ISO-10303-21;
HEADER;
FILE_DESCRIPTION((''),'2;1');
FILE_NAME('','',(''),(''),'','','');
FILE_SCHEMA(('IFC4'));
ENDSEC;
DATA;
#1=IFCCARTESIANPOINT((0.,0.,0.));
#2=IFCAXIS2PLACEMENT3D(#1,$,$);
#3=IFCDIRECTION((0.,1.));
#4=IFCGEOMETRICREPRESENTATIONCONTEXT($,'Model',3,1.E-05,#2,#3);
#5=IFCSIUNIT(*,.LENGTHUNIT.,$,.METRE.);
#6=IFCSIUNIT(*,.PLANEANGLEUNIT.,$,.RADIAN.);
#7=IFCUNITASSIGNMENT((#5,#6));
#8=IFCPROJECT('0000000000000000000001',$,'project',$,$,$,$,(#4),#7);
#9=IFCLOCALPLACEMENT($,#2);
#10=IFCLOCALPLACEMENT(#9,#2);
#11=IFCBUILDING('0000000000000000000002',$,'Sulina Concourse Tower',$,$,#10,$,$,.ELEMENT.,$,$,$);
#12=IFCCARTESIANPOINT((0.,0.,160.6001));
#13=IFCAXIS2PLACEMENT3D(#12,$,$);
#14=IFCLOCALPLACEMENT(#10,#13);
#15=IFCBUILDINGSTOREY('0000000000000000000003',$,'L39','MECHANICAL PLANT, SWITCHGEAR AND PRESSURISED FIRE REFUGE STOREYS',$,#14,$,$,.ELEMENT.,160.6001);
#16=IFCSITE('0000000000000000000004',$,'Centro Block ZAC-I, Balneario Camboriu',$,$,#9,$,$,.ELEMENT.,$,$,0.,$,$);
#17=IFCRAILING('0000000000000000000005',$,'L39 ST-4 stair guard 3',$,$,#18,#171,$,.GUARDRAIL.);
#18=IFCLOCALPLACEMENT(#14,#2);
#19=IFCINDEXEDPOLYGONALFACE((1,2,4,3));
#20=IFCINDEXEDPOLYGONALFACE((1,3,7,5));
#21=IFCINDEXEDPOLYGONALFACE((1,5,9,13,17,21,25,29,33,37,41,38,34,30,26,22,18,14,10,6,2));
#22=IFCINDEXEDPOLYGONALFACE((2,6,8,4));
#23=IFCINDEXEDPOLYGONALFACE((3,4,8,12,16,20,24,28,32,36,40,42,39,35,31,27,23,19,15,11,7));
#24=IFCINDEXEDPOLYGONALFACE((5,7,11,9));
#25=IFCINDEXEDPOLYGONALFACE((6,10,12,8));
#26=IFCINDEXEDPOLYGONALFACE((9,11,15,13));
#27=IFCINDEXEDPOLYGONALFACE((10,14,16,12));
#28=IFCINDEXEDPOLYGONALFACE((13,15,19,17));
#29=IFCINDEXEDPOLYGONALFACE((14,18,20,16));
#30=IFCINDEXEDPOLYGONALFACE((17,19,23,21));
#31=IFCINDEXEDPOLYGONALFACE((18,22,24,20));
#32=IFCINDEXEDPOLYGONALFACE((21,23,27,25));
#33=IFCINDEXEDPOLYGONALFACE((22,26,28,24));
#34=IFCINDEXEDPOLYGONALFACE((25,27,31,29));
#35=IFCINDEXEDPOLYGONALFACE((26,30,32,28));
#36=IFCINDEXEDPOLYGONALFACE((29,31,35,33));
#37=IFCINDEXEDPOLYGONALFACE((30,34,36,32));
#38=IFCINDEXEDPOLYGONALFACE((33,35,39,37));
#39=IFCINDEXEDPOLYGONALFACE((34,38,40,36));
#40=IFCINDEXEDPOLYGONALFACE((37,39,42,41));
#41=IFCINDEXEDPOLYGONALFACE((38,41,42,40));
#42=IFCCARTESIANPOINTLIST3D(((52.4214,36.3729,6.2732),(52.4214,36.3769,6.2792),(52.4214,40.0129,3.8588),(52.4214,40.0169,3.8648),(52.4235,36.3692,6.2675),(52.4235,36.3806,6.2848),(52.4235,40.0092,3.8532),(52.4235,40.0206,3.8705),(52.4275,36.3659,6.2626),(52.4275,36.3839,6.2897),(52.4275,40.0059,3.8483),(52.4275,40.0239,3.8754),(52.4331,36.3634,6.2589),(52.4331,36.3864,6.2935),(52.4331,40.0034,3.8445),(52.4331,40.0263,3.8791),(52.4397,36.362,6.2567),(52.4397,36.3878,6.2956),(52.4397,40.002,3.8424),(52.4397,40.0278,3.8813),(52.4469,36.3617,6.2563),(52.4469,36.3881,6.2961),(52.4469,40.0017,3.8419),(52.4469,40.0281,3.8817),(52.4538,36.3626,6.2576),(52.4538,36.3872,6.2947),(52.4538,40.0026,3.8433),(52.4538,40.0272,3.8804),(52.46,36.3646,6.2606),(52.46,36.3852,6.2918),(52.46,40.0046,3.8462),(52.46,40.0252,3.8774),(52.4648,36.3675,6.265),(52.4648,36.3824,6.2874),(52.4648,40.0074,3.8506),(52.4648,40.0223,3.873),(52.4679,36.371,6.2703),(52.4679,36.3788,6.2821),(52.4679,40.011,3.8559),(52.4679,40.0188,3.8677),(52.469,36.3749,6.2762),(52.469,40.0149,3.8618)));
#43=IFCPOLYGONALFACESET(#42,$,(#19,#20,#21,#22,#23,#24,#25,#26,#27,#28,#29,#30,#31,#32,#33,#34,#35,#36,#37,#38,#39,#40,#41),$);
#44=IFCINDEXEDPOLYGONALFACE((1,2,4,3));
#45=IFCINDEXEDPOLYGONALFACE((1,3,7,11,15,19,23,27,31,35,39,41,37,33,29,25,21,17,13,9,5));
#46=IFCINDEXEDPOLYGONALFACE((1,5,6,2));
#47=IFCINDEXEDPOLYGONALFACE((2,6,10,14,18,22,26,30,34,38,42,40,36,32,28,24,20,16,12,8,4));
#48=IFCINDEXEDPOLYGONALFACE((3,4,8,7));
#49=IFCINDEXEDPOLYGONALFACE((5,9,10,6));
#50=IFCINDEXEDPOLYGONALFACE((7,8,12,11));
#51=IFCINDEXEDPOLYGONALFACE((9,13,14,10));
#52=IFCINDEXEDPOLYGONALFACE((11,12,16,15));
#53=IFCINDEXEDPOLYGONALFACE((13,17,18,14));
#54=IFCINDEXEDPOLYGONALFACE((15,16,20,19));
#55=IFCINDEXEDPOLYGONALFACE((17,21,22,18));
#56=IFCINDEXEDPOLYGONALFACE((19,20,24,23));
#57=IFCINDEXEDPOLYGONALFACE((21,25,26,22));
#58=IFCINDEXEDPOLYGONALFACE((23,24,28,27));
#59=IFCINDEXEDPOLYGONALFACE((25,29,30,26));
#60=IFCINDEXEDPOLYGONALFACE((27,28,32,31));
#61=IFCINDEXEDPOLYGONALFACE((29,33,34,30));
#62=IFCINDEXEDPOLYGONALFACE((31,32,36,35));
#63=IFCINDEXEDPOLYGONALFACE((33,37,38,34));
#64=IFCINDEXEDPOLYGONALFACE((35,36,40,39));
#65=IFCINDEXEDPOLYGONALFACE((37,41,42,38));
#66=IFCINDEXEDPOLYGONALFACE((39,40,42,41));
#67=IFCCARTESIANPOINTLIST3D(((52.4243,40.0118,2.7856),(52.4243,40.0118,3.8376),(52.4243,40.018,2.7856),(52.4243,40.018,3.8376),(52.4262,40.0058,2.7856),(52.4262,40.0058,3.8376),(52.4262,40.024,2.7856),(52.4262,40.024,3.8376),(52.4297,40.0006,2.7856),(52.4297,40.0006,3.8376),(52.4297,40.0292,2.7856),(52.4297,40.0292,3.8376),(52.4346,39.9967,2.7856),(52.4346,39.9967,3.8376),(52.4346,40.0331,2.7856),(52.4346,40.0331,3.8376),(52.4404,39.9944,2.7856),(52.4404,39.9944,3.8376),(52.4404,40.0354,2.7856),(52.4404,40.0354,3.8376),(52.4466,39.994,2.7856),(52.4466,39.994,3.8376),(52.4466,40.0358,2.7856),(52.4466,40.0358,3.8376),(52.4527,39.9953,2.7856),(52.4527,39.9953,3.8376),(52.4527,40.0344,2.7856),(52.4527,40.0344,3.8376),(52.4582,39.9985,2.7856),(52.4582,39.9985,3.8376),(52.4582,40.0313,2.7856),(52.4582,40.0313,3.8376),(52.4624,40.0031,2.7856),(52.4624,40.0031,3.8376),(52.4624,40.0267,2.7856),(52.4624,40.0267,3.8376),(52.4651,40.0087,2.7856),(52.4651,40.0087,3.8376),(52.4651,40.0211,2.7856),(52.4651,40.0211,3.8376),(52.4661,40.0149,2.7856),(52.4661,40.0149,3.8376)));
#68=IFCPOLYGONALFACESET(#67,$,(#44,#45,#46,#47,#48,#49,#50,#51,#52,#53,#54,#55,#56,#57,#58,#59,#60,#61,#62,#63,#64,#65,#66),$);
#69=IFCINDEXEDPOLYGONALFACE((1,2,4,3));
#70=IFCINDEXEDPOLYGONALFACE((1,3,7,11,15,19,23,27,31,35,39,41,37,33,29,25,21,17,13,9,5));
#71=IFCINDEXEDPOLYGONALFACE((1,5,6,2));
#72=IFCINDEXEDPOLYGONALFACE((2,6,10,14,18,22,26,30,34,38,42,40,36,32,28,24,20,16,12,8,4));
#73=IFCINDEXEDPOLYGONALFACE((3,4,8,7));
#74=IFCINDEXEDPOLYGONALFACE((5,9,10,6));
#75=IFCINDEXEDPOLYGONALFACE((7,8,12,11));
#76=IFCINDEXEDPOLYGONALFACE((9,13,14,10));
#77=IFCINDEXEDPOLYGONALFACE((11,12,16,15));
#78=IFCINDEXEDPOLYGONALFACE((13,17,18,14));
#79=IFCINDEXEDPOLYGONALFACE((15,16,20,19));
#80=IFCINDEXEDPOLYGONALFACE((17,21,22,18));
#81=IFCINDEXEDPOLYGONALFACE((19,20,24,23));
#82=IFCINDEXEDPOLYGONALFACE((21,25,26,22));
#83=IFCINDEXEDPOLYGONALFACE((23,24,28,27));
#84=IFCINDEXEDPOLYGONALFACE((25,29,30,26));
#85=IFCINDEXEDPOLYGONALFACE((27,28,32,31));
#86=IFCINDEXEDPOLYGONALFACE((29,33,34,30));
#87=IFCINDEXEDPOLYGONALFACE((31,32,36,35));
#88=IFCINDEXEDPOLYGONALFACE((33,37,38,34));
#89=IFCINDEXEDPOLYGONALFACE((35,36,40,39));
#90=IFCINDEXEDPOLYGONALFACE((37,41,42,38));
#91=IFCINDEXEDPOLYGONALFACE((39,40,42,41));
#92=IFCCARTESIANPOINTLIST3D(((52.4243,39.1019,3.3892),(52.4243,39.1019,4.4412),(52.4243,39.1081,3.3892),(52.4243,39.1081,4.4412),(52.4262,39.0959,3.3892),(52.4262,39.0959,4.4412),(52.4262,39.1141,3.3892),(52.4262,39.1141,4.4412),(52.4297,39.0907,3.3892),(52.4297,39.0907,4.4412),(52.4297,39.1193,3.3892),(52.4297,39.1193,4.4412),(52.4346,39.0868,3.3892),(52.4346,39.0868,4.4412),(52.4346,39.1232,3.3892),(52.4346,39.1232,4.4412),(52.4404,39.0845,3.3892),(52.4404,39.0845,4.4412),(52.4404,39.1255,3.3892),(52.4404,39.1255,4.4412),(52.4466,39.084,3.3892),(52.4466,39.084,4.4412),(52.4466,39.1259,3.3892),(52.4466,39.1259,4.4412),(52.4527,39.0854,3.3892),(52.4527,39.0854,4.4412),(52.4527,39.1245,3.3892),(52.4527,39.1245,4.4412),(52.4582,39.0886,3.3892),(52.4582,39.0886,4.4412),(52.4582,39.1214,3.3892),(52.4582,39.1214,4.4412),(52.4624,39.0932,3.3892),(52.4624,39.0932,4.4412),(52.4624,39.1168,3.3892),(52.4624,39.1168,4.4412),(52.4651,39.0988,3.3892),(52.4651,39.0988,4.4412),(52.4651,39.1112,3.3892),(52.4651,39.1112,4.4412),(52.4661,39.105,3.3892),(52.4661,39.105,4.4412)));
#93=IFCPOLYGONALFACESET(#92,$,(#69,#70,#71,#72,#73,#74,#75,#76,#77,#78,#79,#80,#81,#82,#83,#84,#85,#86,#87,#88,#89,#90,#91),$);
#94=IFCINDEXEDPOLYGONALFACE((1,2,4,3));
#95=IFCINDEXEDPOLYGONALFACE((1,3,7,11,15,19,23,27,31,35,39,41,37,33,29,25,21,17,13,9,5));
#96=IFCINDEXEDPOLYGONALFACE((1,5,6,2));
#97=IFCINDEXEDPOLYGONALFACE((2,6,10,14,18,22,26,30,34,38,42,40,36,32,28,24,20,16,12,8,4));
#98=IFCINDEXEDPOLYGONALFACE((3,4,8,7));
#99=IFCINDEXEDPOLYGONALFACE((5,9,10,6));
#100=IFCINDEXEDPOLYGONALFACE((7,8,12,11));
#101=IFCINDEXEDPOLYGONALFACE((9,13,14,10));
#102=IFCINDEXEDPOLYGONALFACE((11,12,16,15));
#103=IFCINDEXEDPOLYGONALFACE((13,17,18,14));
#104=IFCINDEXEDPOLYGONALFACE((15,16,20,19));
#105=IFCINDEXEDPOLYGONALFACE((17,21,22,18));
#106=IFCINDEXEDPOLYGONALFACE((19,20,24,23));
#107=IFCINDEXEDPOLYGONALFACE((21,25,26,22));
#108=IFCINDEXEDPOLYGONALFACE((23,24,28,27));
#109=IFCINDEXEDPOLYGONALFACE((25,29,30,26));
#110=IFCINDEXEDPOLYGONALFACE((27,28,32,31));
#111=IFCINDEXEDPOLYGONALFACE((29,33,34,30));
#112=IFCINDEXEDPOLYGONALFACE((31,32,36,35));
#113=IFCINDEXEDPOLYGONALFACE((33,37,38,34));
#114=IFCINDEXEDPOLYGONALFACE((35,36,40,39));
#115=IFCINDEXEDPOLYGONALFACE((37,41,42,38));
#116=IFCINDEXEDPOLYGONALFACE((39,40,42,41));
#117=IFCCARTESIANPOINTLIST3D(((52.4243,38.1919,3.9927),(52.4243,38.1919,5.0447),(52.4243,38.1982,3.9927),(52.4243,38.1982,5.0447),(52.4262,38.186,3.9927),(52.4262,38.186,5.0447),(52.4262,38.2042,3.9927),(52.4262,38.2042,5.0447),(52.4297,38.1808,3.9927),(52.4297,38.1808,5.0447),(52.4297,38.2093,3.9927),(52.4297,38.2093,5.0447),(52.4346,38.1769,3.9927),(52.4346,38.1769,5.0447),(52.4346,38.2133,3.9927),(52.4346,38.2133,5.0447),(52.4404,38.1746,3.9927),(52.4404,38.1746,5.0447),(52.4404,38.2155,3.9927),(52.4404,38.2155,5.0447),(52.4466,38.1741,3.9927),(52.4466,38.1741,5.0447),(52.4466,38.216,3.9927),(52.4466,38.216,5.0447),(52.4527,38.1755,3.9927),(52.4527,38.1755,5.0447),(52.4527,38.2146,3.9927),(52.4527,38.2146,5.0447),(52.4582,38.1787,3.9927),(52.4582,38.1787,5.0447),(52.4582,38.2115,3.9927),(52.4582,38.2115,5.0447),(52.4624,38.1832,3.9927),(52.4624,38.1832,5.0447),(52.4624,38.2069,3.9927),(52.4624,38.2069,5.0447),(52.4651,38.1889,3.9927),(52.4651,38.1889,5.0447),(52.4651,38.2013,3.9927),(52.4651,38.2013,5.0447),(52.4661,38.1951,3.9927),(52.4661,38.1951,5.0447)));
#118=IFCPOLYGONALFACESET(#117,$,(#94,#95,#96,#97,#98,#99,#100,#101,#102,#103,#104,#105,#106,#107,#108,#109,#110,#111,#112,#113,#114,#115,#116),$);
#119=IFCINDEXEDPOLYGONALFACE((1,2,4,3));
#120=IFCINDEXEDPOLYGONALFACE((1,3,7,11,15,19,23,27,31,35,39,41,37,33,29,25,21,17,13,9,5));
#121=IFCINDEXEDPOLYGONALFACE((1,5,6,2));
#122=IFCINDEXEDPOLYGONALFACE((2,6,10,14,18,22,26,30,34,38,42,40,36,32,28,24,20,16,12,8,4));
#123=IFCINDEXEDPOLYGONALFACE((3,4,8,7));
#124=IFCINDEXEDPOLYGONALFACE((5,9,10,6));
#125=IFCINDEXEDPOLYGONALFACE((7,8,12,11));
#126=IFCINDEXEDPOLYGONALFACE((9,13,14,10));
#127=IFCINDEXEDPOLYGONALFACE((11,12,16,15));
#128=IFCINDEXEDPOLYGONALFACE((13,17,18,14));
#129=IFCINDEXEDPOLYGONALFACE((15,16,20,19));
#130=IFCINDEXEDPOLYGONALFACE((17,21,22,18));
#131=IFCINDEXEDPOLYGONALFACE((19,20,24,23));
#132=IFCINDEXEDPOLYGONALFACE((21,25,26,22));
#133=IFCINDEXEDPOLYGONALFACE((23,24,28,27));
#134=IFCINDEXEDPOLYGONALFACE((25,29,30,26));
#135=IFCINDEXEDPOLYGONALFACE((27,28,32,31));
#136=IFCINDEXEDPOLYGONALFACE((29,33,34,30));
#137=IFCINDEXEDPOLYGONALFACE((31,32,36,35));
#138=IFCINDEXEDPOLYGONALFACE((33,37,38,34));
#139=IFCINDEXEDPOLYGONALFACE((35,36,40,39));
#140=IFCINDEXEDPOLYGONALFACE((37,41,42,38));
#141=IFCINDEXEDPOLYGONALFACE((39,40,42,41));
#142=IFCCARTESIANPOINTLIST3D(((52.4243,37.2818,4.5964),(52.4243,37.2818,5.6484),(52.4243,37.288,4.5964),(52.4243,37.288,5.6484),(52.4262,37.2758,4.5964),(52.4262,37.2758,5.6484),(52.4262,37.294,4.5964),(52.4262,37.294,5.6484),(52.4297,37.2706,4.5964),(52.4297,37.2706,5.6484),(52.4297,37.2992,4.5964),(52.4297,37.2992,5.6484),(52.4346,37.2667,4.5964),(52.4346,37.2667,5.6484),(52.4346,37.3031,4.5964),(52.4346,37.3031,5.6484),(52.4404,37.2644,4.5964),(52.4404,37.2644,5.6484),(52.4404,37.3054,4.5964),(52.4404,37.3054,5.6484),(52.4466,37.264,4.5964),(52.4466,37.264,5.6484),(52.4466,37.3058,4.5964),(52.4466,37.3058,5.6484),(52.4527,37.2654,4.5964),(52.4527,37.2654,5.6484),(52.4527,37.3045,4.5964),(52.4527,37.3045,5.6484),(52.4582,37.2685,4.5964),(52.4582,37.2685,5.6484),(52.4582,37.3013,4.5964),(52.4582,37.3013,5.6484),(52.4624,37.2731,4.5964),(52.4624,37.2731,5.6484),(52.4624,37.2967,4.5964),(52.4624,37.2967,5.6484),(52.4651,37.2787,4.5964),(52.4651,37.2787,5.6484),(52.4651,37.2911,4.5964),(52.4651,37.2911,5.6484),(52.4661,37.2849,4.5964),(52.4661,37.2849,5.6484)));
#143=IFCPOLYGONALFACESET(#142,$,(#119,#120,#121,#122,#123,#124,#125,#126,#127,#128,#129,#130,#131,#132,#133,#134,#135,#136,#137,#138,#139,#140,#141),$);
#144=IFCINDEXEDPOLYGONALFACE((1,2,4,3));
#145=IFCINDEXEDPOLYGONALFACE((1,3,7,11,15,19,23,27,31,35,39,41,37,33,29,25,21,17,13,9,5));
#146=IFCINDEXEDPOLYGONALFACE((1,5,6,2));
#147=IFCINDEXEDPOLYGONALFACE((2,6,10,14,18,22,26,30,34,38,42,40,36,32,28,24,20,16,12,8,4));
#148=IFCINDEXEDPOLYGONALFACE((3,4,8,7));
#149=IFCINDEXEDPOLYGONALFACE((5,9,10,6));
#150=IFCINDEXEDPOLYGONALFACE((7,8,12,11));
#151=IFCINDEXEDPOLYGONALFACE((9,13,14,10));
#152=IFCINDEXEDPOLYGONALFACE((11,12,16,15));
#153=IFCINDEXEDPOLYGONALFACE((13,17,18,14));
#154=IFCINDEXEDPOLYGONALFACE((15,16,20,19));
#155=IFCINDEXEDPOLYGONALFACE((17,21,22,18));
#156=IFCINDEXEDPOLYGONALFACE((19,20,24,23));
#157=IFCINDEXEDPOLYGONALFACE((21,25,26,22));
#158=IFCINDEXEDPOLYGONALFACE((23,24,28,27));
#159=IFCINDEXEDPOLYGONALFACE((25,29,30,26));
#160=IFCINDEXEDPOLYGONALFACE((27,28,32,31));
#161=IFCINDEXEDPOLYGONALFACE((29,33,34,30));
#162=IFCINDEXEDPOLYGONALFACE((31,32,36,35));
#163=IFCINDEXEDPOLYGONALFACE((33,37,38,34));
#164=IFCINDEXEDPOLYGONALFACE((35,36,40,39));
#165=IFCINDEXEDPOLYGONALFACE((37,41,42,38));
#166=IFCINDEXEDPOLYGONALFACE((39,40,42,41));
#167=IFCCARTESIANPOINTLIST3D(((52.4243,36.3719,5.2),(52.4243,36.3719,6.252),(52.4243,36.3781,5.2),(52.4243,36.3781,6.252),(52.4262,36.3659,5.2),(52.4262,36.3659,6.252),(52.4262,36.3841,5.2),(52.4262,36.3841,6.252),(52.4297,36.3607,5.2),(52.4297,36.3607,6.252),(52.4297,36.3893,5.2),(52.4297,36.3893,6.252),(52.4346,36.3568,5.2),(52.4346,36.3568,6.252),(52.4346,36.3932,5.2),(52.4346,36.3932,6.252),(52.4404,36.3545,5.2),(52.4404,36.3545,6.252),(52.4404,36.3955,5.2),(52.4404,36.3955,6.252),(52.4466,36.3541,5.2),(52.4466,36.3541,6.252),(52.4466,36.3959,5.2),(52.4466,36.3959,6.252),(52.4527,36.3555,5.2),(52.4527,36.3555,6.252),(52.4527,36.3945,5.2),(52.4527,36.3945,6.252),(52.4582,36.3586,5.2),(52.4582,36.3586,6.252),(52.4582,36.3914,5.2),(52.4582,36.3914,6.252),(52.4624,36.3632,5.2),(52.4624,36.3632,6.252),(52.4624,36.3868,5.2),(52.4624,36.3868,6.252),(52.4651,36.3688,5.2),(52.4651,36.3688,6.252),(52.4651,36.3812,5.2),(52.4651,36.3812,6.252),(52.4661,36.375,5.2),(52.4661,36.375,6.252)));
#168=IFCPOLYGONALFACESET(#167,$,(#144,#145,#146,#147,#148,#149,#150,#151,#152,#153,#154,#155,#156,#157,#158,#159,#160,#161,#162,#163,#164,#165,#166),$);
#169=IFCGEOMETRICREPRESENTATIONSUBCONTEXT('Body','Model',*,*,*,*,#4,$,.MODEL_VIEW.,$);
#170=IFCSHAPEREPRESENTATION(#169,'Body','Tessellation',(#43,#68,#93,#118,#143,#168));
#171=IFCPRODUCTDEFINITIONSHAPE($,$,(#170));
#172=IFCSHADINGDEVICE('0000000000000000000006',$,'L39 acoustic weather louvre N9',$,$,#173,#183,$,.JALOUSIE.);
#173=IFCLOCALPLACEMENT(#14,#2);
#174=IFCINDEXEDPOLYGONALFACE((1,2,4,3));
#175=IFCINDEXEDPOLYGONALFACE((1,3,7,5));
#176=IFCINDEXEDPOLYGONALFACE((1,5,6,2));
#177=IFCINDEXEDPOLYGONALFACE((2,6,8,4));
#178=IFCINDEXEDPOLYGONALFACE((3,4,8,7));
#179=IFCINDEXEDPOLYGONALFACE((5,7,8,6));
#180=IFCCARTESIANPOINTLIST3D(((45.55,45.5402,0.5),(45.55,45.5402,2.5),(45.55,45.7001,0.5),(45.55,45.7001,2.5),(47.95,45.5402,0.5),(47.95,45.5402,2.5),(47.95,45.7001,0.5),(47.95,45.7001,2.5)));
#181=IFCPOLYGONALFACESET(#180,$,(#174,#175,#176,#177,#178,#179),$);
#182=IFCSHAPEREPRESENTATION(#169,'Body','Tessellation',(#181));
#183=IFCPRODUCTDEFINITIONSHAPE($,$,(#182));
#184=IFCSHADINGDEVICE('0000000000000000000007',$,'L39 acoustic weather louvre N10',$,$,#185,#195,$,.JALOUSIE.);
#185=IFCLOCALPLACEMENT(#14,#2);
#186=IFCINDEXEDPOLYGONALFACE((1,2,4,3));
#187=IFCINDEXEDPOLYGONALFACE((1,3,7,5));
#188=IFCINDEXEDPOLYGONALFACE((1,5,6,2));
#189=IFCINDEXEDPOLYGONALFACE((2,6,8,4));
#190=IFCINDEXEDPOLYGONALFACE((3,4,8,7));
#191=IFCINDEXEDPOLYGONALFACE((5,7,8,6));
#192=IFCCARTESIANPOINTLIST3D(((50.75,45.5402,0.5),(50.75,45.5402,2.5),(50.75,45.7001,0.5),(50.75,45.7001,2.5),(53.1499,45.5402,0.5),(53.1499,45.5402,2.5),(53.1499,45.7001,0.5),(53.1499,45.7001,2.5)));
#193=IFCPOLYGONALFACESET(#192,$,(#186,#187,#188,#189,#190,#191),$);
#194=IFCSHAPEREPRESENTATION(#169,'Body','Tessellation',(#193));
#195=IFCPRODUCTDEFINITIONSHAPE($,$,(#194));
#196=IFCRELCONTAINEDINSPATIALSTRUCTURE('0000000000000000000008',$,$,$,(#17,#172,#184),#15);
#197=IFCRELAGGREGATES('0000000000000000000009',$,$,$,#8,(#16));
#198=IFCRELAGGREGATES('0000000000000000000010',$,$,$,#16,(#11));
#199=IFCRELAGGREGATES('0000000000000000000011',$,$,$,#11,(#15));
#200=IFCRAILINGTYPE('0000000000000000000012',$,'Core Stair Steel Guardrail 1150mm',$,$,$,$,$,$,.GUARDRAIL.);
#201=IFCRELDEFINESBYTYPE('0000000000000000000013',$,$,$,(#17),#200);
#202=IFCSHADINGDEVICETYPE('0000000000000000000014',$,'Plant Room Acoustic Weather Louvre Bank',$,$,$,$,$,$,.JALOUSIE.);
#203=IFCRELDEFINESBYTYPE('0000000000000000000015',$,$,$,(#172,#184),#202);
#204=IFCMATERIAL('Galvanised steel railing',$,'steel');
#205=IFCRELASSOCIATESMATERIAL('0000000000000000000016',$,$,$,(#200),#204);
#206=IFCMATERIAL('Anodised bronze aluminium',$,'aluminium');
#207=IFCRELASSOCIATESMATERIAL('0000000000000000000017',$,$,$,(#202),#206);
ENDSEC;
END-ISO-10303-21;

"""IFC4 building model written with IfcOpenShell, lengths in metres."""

from ifc_helpers import new_model, si_unit, direction, frame, origin, origin_2d, place, context, subcontext, project, spatial, rectangle, circle, extrude, material, type_object, element, save


model = new_model("IFC4")

# Units and contexts
model_context = context("Model", 3, precision=1e-05, world=origin(), true_north=direction((0.0, 1.0)))
body_context = subcontext(model_context, "Body", "Model", "MODEL_VIEW")
ifc_project = project(units=[si_unit("LENGTHUNIT", "METRE"), si_unit("PLANEANGLEUNIT", "RADIAN")], contexts=[model_context])

# Site, building, storey
site_placement = place(None, origin())
site = spatial("IfcSite", under=ifc_project, at=site_placement, Name="Centro Block ZAC-I, Balneario Camboriu", CompositionType="ELEMENT", RefElevation=0.0)
building_placement = place(site_placement, origin())
building = spatial("IfcBuilding", under=site, at=building_placement, Name="Sulina Concourse Tower", CompositionType="ELEMENT")
storey_placement = place(building_placement, frame((0.0, 0.0, 160.6001)))
storey = spatial("IfcBuildingStorey", under=building, at=storey_placement, Name="L39", Description="MECHANICAL PLANT, SWITCHGEAR AND PRESSURISED FIRE REFUGE STOREYS", CompositionType="ELEMENT", Elevation=160.6001)

# Railing
ifc_material_1 = material(Name="Galvanised steel railing", Category="steel")
railing_type_1 = type_object("IfcRailingType", Name="Core Stair Steel Guardrail 1150mm", PredefinedType="GUARDRAIL", material=ifc_material_1)
railing_1_placement = place(storey_placement, frame((52.4451, 40.0149, 2.7856)))
element("IfcRailing", 1, at=railing_1_placement, inside=storey, type_object=railing_type_1, Name="L39 ST-4 stair guard 3", PredefinedType="GUARDRAIL", context=body_context, shape_type="SweptSolid", body=[
    extrude(circle(Radius=0.0239, at=origin_2d()), frame((0.0, 0.0, 1.0762), z_axis=(0.0, -0.833347, 0.552751), x_axis=(1.0, 0.0, 0.0)), (0.0, 0.0, 1.0), 4.3679),
    extrude(circle(Radius=0.021, at=origin_2d()), origin(), (0.0, 0.0, 1.0), 1.052),
    extrude(circle(Radius=0.021, at=origin_2d()), frame((0.0, -0.9099, 0.6035)), (0.0, 0.0, 1.0), 1.052),
    extrude(circle(Radius=0.021, at=origin_2d()), frame((0.0, -1.8198, 1.207)), (0.0, 0.0, 1.0), 1.052),
    extrude(circle(Radius=0.021, at=origin_2d()), frame((0.0, -2.73, 1.8108)), (0.0, 0.0, 1.0), 1.052),
    extrude(circle(Radius=0.021, at=origin_2d()), frame((0.0, -3.6399, 2.4143)), (0.0, 0.0, 1.0), 1.052),
])

# Shading devices
ifc_material_2 = material(Name="Anodised bronze aluminium", Category="aluminium")
shading_device_type = type_object("IfcShadingDeviceType", Name="Plant Room Acoustic Weather Louvre Bank", PredefinedType="JALOUSIE", material=ifc_material_2)
for number, where, z_axis, x_axis, name in (
    (2, (46.75, 45.6201, 0.5), (0.0, 0.0, 1.0), (1.0, 0.0, 0.0), "L39 acoustic weather louvre N9"),
    (3, (51.95, 45.6201, 0.5), (0.0, 0.0, 1.0), (1.0, 0.0, 0.0), "L39 acoustic weather louvre N10"),
):
    element("IfcShadingDevice", number, at=place(storey_placement, frame(where, z_axis=z_axis, x_axis=x_axis)), inside=storey, type_object=shading_device_type, Name=name, PredefinedType="JALOUSIE", context=body_context, shape_type="SweptSolid", body=[
        extrude(rectangle(XDim=2.3999, YDim=0.1599, at=origin_2d()), origin(), (0.0, 0.0, 1.0), 2.0),
    ])

save(model, "model.ifc")
